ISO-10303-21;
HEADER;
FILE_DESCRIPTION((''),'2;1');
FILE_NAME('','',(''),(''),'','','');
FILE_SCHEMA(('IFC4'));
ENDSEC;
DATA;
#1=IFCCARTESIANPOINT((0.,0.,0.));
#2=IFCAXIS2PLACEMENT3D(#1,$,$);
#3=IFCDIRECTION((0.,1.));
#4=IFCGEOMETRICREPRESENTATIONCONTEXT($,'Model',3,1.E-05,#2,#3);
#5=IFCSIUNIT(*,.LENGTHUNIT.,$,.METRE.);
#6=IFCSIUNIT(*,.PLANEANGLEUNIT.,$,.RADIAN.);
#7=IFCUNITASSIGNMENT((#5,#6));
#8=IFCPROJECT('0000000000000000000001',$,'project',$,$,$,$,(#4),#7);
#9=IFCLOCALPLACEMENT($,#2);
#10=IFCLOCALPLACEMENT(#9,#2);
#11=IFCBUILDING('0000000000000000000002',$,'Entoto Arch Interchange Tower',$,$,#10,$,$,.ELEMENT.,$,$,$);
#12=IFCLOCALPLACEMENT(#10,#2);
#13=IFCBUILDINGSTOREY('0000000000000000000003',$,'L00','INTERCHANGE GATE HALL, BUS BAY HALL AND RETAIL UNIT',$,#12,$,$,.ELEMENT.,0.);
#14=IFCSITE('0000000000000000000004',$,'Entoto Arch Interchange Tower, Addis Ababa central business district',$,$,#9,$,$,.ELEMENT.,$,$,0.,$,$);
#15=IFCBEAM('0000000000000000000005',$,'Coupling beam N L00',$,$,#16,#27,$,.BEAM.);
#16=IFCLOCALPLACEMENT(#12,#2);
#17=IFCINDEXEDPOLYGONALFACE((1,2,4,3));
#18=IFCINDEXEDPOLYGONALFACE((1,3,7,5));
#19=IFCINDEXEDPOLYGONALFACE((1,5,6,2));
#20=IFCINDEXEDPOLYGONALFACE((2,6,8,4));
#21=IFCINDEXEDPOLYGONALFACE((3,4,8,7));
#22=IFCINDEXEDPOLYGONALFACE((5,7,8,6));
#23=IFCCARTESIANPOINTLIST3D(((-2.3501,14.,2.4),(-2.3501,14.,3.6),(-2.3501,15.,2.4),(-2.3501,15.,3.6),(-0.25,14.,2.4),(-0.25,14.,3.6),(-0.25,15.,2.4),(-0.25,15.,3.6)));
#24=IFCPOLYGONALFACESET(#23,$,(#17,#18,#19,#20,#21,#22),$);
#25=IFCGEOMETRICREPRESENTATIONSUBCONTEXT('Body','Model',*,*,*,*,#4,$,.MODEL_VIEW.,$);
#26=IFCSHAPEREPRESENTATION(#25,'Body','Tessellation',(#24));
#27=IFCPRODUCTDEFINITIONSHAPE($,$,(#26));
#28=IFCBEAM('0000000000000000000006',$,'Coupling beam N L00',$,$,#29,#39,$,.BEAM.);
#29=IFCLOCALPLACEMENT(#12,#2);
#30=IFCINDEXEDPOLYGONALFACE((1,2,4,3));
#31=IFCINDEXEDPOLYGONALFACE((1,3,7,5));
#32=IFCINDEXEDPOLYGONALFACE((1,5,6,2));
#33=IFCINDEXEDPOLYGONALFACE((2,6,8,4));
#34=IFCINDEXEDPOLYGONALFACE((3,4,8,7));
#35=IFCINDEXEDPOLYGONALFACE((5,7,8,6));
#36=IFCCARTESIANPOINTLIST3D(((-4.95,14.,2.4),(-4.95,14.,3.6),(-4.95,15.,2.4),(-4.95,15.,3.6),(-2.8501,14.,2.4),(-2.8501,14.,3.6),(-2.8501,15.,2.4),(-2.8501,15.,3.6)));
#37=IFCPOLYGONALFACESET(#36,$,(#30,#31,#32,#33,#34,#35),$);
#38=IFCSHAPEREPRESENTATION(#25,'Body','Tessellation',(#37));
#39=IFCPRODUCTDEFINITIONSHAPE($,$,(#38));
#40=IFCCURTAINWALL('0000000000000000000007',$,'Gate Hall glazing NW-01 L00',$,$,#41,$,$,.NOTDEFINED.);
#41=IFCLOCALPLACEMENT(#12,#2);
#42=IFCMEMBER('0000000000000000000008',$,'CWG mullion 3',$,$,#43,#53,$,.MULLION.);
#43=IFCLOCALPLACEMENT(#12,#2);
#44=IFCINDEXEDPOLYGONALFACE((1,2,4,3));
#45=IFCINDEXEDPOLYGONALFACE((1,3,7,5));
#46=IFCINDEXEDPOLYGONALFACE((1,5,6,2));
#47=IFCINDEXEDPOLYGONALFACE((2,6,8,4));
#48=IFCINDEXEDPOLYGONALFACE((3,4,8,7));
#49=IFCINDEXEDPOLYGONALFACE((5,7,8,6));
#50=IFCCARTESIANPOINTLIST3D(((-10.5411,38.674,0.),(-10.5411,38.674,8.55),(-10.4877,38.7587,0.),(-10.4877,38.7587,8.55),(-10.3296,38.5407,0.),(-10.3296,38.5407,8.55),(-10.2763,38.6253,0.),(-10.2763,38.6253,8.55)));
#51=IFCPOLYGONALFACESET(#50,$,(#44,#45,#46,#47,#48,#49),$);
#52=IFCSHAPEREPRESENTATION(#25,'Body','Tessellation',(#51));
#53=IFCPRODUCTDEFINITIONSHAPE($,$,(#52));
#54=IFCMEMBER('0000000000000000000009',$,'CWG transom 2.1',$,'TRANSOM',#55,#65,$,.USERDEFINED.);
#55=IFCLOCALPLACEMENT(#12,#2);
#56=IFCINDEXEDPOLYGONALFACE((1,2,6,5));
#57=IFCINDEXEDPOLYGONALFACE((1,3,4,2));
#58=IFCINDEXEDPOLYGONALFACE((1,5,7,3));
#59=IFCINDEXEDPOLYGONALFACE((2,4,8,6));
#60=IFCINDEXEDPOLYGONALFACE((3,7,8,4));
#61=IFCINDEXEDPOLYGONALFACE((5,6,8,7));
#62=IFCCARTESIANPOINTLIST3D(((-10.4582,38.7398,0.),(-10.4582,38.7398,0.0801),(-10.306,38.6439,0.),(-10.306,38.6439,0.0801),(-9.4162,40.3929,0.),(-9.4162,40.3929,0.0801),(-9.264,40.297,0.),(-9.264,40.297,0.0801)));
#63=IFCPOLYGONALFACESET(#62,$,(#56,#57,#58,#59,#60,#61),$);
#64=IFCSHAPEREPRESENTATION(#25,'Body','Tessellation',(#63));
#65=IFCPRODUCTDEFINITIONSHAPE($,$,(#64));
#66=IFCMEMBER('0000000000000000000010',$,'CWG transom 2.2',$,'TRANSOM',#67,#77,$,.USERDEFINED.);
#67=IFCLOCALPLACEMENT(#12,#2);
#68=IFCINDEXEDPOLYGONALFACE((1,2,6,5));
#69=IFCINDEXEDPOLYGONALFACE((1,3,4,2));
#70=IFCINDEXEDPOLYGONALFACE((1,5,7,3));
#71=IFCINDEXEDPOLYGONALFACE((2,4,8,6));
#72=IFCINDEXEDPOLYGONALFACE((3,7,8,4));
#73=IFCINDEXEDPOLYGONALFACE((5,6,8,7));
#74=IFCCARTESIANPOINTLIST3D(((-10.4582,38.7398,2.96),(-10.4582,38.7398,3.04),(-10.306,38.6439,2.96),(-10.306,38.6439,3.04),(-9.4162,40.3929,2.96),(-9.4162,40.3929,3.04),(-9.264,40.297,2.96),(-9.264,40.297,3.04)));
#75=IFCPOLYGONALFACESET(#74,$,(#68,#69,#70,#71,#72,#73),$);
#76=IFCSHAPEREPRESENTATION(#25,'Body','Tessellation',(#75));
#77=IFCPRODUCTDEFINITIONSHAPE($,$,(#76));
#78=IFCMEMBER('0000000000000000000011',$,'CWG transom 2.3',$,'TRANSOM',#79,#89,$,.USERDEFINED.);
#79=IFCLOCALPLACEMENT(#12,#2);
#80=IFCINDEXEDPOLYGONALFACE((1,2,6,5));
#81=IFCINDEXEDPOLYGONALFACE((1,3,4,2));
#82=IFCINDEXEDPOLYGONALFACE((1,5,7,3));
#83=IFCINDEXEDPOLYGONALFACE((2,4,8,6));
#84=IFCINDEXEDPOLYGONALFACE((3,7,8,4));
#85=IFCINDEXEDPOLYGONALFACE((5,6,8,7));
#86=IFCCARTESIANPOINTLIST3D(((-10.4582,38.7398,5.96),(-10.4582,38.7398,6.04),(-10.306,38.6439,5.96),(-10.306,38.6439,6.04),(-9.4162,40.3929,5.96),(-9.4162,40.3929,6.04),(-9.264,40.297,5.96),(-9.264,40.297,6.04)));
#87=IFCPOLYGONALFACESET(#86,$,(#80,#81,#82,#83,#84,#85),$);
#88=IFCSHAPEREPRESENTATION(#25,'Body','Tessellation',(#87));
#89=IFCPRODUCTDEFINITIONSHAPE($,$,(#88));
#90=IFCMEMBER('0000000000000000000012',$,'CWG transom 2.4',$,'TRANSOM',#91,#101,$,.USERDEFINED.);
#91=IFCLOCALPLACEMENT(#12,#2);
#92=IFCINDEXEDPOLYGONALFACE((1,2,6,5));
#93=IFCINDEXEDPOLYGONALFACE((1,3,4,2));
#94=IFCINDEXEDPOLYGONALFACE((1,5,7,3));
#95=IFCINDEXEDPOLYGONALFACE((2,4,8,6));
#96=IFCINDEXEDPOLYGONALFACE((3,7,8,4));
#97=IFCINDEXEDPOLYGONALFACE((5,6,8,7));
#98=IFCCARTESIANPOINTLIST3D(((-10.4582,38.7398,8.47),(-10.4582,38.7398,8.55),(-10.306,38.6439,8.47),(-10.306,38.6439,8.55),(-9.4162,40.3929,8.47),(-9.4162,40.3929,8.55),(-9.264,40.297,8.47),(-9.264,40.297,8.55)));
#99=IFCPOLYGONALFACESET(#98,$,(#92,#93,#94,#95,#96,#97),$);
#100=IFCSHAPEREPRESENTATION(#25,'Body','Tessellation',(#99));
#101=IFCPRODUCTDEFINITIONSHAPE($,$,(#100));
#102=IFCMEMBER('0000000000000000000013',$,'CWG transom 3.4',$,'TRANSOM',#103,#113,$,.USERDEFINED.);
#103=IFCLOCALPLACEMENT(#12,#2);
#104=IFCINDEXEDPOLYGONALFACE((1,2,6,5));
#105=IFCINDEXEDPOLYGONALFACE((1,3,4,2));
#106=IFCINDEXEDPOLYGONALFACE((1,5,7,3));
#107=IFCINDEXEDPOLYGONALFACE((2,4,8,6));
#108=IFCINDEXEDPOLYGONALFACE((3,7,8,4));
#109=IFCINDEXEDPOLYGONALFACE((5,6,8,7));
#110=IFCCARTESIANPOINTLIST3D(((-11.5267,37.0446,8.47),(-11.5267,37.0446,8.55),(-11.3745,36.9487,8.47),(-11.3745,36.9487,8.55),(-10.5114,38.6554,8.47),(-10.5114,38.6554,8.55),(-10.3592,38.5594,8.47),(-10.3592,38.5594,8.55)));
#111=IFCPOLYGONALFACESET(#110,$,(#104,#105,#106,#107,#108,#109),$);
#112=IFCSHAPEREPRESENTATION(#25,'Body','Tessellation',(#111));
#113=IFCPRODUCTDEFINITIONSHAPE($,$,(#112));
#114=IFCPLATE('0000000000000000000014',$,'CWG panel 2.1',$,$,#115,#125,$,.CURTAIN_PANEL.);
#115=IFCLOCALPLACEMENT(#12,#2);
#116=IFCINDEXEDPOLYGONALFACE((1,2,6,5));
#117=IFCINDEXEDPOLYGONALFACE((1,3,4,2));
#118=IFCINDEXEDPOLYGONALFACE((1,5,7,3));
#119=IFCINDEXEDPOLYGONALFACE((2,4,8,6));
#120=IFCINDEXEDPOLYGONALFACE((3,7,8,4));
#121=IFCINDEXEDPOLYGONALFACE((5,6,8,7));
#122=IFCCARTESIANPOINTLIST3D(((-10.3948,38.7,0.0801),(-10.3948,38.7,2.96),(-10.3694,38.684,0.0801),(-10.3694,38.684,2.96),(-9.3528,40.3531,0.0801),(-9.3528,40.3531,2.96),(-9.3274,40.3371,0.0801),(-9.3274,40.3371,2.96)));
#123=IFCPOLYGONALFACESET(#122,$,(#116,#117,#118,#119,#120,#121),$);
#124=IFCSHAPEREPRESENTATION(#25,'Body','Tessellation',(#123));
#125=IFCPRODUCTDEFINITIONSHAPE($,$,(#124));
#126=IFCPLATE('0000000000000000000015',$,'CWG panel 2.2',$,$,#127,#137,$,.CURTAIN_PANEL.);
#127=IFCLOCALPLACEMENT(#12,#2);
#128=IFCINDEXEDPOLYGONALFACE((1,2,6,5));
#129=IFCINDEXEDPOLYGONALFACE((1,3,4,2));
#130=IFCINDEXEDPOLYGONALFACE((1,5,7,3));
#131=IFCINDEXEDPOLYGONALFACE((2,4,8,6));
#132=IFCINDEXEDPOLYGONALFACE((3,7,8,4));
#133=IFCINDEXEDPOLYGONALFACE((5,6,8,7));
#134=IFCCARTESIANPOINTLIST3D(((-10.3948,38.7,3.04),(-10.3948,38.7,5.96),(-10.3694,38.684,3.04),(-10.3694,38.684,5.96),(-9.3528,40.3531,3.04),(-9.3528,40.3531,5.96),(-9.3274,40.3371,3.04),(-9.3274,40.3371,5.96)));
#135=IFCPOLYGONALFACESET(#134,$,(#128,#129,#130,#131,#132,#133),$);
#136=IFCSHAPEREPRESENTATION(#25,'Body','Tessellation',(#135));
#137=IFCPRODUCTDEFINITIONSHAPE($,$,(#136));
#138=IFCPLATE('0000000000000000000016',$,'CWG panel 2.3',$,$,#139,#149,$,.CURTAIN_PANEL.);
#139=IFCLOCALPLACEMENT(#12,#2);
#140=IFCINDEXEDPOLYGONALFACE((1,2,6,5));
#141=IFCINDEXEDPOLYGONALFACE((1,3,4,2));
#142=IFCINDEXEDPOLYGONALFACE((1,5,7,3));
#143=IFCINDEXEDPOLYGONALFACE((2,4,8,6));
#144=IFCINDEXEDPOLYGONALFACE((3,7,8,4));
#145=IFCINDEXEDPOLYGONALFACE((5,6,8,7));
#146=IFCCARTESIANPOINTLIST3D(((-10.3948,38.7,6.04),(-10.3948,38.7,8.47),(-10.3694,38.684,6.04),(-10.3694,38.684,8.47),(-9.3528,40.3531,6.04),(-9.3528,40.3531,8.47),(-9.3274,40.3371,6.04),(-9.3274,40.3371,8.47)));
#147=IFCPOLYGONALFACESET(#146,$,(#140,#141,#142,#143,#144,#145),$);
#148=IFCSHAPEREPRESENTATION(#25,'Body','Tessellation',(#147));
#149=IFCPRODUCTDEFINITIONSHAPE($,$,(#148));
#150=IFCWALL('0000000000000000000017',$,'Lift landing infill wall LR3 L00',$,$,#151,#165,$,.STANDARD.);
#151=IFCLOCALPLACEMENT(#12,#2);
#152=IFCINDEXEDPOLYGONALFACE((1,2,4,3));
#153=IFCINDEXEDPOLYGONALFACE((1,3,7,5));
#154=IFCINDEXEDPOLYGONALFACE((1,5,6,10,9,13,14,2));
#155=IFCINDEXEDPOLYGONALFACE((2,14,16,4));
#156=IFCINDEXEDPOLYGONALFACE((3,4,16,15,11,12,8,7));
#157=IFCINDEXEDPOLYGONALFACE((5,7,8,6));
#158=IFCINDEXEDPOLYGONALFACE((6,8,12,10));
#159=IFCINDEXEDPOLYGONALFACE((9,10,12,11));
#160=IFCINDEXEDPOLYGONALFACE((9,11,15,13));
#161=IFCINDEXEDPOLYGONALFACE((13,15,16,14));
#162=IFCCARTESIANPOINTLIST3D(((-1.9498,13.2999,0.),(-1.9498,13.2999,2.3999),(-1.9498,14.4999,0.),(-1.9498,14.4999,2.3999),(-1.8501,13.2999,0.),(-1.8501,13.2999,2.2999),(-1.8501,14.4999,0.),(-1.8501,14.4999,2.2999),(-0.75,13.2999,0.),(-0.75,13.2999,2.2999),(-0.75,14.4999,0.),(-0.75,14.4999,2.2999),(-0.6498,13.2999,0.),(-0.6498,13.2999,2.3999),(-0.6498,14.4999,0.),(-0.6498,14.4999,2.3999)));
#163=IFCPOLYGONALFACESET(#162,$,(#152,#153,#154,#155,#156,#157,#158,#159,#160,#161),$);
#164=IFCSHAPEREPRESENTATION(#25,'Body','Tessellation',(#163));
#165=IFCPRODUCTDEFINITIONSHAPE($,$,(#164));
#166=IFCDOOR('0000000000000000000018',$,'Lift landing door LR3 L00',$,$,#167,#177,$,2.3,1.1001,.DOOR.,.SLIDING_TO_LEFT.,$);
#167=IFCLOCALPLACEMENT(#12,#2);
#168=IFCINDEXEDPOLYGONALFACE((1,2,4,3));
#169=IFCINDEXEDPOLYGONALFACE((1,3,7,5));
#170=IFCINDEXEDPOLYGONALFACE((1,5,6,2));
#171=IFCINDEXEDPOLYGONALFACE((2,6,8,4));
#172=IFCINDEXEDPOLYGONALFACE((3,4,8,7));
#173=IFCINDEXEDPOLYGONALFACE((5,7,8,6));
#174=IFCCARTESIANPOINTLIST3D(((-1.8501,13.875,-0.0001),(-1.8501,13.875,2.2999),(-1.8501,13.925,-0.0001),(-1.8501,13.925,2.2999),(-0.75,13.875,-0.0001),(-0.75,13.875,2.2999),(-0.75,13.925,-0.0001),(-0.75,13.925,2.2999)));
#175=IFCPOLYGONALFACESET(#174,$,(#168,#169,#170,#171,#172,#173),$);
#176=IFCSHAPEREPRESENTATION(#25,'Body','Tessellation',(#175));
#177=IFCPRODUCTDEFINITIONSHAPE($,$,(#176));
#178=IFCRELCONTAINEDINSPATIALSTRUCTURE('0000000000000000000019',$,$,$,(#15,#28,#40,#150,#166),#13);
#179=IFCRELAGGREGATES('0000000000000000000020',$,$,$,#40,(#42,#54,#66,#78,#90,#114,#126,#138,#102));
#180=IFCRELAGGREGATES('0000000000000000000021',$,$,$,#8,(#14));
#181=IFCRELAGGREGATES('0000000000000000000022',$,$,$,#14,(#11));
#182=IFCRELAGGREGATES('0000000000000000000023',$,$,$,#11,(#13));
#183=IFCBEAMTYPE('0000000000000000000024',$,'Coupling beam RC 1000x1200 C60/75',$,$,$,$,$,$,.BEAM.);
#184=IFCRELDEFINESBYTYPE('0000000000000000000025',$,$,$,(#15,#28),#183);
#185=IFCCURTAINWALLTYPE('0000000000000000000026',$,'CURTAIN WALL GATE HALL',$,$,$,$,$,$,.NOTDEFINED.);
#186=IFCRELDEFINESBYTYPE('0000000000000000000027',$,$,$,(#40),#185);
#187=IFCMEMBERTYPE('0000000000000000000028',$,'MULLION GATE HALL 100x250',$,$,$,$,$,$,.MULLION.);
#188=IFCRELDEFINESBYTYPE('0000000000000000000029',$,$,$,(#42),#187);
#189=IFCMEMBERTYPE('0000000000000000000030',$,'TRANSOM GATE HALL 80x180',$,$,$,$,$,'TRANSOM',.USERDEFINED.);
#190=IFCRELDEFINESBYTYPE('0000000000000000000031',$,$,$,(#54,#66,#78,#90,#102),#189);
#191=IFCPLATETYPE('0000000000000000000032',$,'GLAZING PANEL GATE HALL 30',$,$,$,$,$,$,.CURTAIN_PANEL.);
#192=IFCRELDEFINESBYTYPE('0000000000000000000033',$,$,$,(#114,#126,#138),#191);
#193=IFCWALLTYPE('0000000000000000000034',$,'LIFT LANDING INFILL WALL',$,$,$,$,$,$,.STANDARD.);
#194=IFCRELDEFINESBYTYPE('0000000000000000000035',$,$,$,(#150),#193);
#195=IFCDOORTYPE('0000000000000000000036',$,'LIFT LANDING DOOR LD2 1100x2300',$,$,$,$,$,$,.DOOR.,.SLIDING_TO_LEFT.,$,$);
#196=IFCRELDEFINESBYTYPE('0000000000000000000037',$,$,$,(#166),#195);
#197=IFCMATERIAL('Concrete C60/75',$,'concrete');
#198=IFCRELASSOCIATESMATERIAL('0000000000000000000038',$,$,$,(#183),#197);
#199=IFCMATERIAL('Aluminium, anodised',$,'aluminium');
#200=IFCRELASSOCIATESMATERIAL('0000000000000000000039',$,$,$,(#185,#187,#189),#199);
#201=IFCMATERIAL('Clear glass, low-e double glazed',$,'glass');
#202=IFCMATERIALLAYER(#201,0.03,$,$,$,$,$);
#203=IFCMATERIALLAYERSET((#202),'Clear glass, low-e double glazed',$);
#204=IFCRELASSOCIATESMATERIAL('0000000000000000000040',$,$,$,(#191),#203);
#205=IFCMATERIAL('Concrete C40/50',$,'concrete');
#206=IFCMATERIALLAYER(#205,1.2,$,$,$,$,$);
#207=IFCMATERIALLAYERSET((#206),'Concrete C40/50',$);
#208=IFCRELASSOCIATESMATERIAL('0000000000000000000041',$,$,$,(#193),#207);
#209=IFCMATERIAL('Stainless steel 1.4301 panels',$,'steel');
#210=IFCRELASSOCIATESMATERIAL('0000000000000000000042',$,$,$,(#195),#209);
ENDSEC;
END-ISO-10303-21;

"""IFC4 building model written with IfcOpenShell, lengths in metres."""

from ifc_helpers import new_model, si_unit, direction, frame, frame_2d, origin, origin_2d, place, context, subcontext, project, spatial, rectangle, extrude, material, layer, layer_set, material_profile, profile_set, type_object, element, fill, aggregate, save


model = new_model("IFC4")

# Units and contexts
model_context = context("Model", 3, precision=1e-05, world=origin(), true_north=direction((0.0, 1.0)))
body_context = subcontext(model_context, "Body", "Model", "MODEL_VIEW")
ifc_project = project(units=[si_unit("LENGTHUNIT", "METRE"), si_unit("PLANEANGLEUNIT", "RADIAN")], contexts=[model_context])

# Site, building, storey
site_placement = place(None, origin())
site = spatial("IfcSite", under=ifc_project, at=site_placement, Name="Entoto Arch Interchange Tower, Addis Ababa central business district", CompositionType="ELEMENT", RefElevation=0.0)
building_placement = place(site_placement, origin())
building = spatial("IfcBuilding", under=site, at=building_placement, Name="Entoto Arch Interchange Tower", CompositionType="ELEMENT")
storey_placement = place(building_placement, origin())
storey = spatial("IfcBuildingStorey", under=building, at=storey_placement, Name="L00", Description="INTERCHANGE GATE HALL, BUS BAY HALL AND RETAIL UNIT", CompositionType="ELEMENT", Elevation=0.0)

# Beams
ifc_material_1 = material(Name="Concrete C60/75", Category="concrete")
ifc_material_profile_1 = material_profile(ifc_material_1, rectangle(XDim=1.0, YDim=1.2, at=origin_2d()))
ifc_profile_set_1 = profile_set([ifc_material_profile_1], Name="Concrete C60/75")
beam_type = type_object("IfcBeamType", Name="Coupling beam RC 1000x1200 C60/75", PredefinedType="BEAM", material=ifc_profile_set_1)
beam_1_placement = place(storey_placement, frame((-0.25, 14.5, 3.0), z_axis=(-1.0, 0.0, 0.0), x_axis=(0.0, -1.0, 0.0)))
element("IfcBeam", 1, at=beam_1_placement, inside=storey, type_object=beam_type, Name="Coupling beam N L00", PredefinedType="BEAM", context=body_context, shape_type="SweptSolid", body=[
    extrude(rectangle(XDim=1.0, YDim=1.2, at=origin_2d()), origin(), (0.0, 0.0, 1.0), 2.1001),
])
beam_2_placement = place(storey_placement, frame((-2.8501, 14.5, 3.0), z_axis=(-1.0, 0.0, 0.0), x_axis=(0.0, -1.0, 0.0)))
element("IfcBeam", 2, at=beam_2_placement, inside=storey, type_object=beam_type, Name="Coupling beam N L00", PredefinedType="BEAM", context=body_context, shape_type="SweptSolid", body=[
    extrude(rectangle(XDim=1.0, YDim=1.2, at=origin_2d()), origin(), (0.0, 0.0, 1.0), 2.0999),
])

# Curtain wall, members, plates
ifc_material_2 = material(Name="Aluminium, anodised", Category="aluminium")
curtain_wall_type = type_object("IfcCurtainWallType", Name="CURTAIN WALL GATE HALL", PredefinedType="NOTDEFINED", material=ifc_material_2)
curtain_wall_placement = place(storey_placement, origin())
curtain_wall = element("IfcCurtainWall", 3, at=curtain_wall_placement, inside=storey, type_object=curtain_wall_type, Name="Gate Hall glazing NW-01 L00", PredefinedType="NOTDEFINED")
ifc_material_profile_2 = material_profile(ifc_material_2, rectangle(XDim=0.25, YDim=0.1001, at=origin_2d()))
ifc_profile_set_2 = profile_set([ifc_material_profile_2], Name="Aluminium, anodised")
member_type_1 = type_object("IfcMemberType", Name="MULLION GATE HALL 100x250", PredefinedType="MULLION", material=ifc_profile_set_2)
member_1_placement = place(storey_placement, frame((-10.4087, 38.6497, 0.0), z_axis=(0.0, 0.0, 1.0), x_axis=(0.845959, -0.533248, 0.0)))
member_1 = element("IfcMember", 4, at=member_1_placement, type_object=member_type_1, Name="CWG mullion 3", PredefinedType="MULLION", context=body_context, shape_type="SweptSolid", body=[
    extrude(rectangle(XDim=0.25, YDim=0.1001, at=origin_2d()), origin(), (0.0, 0.0, 1.0), 8.55),
])
ifc_material_profile_3 = material_profile(ifc_material_2, rectangle(XDim=0.1799, YDim=0.0801, at=origin_2d()))
ifc_profile_set_3 = profile_set([ifc_material_profile_3], Name="Aluminium, anodised")
member_type_2 = type_object("IfcMemberType", Name="TRANSOM GATE HALL 80x180", ElementType="TRANSOM", PredefinedType="USERDEFINED", material=ifc_profile_set_3)
member_2_placement = place(storey_placement, frame((-9.3401, 40.345, 0.04), z_axis=(-0.533241, -0.845964, 0.0), x_axis=(0.845964, -0.533241, 0.0)))
member_2 = element("IfcMember", 5, at=member_2_placement, type_object=member_type_2, Name="CWG transom 2.1", ObjectType="TRANSOM", PredefinedType="USERDEFINED", context=body_context, shape_type="SweptSolid", body=[
    extrude(rectangle(XDim=0.1799, YDim=0.0801, at=origin_2d()), origin(), (0.0, 0.0, 1.0), 1.9541),
])
member_3_placement = place(storey_placement, frame((-9.3401, 40.345, 3.0), z_axis=(-0.533241, -0.845964, 0.0), x_axis=(0.845964, -0.533241, 0.0)))
member_3 = element("IfcMember", 6, at=member_3_placement, type_object=member_type_2, Name="CWG transom 2.2", ObjectType="TRANSOM", PredefinedType="USERDEFINED", context=body_context, shape_type="SweptSolid", body=[
    extrude(rectangle(XDim=0.1799, YDim=0.0801, at=origin_2d()), origin(), (0.0, 0.0, 1.0), 1.9541),
])
member_4_placement = place(storey_placement, frame((-9.3401, 40.345, 6.0), z_axis=(-0.533241, -0.845964, 0.0), x_axis=(0.845964, -0.533241, 0.0)))
member_4 = element("IfcMember", 7, at=member_4_placement, type_object=member_type_2, Name="CWG transom 2.3", ObjectType="TRANSOM", PredefinedType="USERDEFINED", context=body_context, shape_type="SweptSolid", body=[
    extrude(rectangle(XDim=0.1799, YDim=0.0801, at=origin_2d()), origin(), (0.0, 0.0, 1.0), 1.9541),
])
member_5_placement = place(storey_placement, frame((-9.3401, 40.345, 8.51), z_axis=(-0.533241, -0.845964, 0.0), x_axis=(0.845964, -0.533241, 0.0)))
member_5 = element("IfcMember", 8, at=member_5_placement, type_object=member_type_2, Name="CWG transom 2.4", ObjectType="TRANSOM", PredefinedType="USERDEFINED", context=body_context, shape_type="SweptSolid", body=[
    extrude(rectangle(XDim=0.1799, YDim=0.0801, at=origin_2d()), origin(), (0.0, 0.0, 1.0), 1.9541),
])
member_6_placement = place(storey_placement, frame((-10.4353, 38.6074, 8.51), z_axis=(-0.533245, -0.845961, 0.0), x_axis=(0.845961, -0.533245, 0.0)))
member_6 = element("IfcMember", 9, at=member_6_placement, type_object=member_type_2, Name="CWG transom 3.4", ObjectType="TRANSOM", PredefinedType="USERDEFINED", context=body_context, shape_type="SweptSolid", body=[
    extrude(rectangle(XDim=0.1799, YDim=0.0801, at=origin_2d()), origin(), (0.0, 0.0, 1.0), 1.9041),
])
ifc_material_3 = material(Name="Clear glass, low-e double glazed", Category="glass")
ifc_layer_1 = layer(ifc_material_3, 0.03)
ifc_layer_set_1 = layer_set([ifc_layer_1], Name="Clear glass, low-e double glazed")
plate_type = type_object("IfcPlateType", Name="GLAZING PANEL GATE HALL 30", PredefinedType="CURTAIN_PANEL", material=ifc_layer_set_1)
plate_1_placement = place(storey_placement, frame((-9.8611, 39.5186, 0.0801), z_axis=(0.0, 0.0, 1.0), x_axis=(-0.533248, -0.845959, 0.0)))
plate_1 = element("IfcPlate", 10, at=plate_1_placement, type_object=plate_type, Name="CWG panel 2.1", PredefinedType="CURTAIN_PANEL", context=body_context, shape_type="SweptSolid", body=[
    extrude(rectangle(XDim=1.9541, YDim=0.03, at=origin_2d()), origin(), (0.0, 0.0, 1.0), 2.8799),
])
plate_2_placement = place(storey_placement, frame((-9.8611, 39.5186, 3.04), z_axis=(0.0, 0.0, 1.0), x_axis=(-0.533248, -0.845959, 0.0)))
plate_2 = element("IfcPlate", 11, at=plate_2_placement, type_object=plate_type, Name="CWG panel 2.2", PredefinedType="CURTAIN_PANEL", context=body_context, shape_type="SweptSolid", body=[
    extrude(rectangle(XDim=1.9541, YDim=0.03, at=origin_2d()), origin(), (0.0, 0.0, 1.0), 2.9199),
])
plate_3_placement = place(storey_placement, frame((-9.8611, 39.5186, 6.04), z_axis=(0.0, 0.0, 1.0), x_axis=(-0.533248, -0.845959, 0.0)))
plate_3 = element("IfcPlate", 12, at=plate_3_placement, type_object=plate_type, Name="CWG panel 2.3", PredefinedType="CURTAIN_PANEL", context=body_context, shape_type="SweptSolid", body=[
    extrude(rectangle(XDim=1.9541, YDim=0.03, at=origin_2d()), origin(), (0.0, 0.0, 1.0), 2.4299),
])
aggregate(curtain_wall, [member_1, member_2, member_3, member_4, member_5, plate_1, plate_2, plate_3, member_6])

# Wall, opening, door
ifc_material_4 = material(Name="Concrete C40/50", Category="concrete")
ifc_layer_2 = layer(ifc_material_4, 1.2)
ifc_layer_set_2 = layer_set([ifc_layer_2], Name="Concrete C40/50")
wall_type_1 = type_object("IfcWallType", Name="LIFT LANDING INFILL WALL", PredefinedType="STANDARD", material=ifc_layer_set_2)
wall_1_placement = place(storey_placement, frame((-0.6499, 13.8999, 0.0), z_axis=(0.0, 0.0, 1.0), x_axis=(-1.0, 0.0, 0.0)))
wall_1 = element("IfcWall", 13, at=wall_1_placement, inside=storey, type_object=wall_type_1, Name="Lift landing infill wall LR3 L00", PredefinedType="STANDARD", context=body_context, shape_type="SweptSolid", body=[
    extrude(rectangle(XDim=1.3, YDim=1.2, at=frame_2d((0.6499, 0.0))), origin(), (0.0, 0.0, 1.0), 2.3999),
])
opening_1_placement = place(wall_1_placement, frame((0.1001, 0.0, 0.0)))
opening_1 = element("IfcOpeningElement", 14, at=opening_1_placement, cuts=wall_1, PredefinedType="OPENING", context=body_context, shape_type="SweptSolid", body=[
    extrude(rectangle(XDim=1.1001, YDim=2.3, at=frame_2d((0.55, 1.1499))), frame((0.0, 0.6099, 0.0), z_axis=(0.0, -1.0, 0.0), x_axis=(1.0, 0.0, 0.0)), (0.0, 0.0, 1.0), 1.22),
])
ifc_material_5 = material(Name="Stainless steel 1.4301 panels", Category="steel")
door_type_1 = type_object("IfcDoorType", Name="LIFT LANDING DOOR LD2 1100x2300", OperationType="SLIDING_TO_LEFT", PredefinedType="DOOR", material=ifc_material_5)
door_1_placement = place(opening_1_placement, origin())
door_1 = element("IfcDoor", 15, at=door_1_placement, inside=storey, type_object=door_type_1, Name="Lift landing door LR3 L00", OperationType="SLIDING_TO_LEFT", OverallHeight=2.3, OverallWidth=1.1001, PredefinedType="DOOR", context=body_context, shape_type="SweptSolid", body=[
    extrude(rectangle(XDim=1.1001, YDim=2.3, at=frame_2d((0.55, 1.1499))), frame((0.0, 0.0249, 0.0), z_axis=(0.0, -1.0, 0.0), x_axis=(1.0, 0.0, 0.0)), (0.0, 0.0, 1.0), 0.05),
])
fill(opening_1, door_1)

save(model, "model.ifc")
